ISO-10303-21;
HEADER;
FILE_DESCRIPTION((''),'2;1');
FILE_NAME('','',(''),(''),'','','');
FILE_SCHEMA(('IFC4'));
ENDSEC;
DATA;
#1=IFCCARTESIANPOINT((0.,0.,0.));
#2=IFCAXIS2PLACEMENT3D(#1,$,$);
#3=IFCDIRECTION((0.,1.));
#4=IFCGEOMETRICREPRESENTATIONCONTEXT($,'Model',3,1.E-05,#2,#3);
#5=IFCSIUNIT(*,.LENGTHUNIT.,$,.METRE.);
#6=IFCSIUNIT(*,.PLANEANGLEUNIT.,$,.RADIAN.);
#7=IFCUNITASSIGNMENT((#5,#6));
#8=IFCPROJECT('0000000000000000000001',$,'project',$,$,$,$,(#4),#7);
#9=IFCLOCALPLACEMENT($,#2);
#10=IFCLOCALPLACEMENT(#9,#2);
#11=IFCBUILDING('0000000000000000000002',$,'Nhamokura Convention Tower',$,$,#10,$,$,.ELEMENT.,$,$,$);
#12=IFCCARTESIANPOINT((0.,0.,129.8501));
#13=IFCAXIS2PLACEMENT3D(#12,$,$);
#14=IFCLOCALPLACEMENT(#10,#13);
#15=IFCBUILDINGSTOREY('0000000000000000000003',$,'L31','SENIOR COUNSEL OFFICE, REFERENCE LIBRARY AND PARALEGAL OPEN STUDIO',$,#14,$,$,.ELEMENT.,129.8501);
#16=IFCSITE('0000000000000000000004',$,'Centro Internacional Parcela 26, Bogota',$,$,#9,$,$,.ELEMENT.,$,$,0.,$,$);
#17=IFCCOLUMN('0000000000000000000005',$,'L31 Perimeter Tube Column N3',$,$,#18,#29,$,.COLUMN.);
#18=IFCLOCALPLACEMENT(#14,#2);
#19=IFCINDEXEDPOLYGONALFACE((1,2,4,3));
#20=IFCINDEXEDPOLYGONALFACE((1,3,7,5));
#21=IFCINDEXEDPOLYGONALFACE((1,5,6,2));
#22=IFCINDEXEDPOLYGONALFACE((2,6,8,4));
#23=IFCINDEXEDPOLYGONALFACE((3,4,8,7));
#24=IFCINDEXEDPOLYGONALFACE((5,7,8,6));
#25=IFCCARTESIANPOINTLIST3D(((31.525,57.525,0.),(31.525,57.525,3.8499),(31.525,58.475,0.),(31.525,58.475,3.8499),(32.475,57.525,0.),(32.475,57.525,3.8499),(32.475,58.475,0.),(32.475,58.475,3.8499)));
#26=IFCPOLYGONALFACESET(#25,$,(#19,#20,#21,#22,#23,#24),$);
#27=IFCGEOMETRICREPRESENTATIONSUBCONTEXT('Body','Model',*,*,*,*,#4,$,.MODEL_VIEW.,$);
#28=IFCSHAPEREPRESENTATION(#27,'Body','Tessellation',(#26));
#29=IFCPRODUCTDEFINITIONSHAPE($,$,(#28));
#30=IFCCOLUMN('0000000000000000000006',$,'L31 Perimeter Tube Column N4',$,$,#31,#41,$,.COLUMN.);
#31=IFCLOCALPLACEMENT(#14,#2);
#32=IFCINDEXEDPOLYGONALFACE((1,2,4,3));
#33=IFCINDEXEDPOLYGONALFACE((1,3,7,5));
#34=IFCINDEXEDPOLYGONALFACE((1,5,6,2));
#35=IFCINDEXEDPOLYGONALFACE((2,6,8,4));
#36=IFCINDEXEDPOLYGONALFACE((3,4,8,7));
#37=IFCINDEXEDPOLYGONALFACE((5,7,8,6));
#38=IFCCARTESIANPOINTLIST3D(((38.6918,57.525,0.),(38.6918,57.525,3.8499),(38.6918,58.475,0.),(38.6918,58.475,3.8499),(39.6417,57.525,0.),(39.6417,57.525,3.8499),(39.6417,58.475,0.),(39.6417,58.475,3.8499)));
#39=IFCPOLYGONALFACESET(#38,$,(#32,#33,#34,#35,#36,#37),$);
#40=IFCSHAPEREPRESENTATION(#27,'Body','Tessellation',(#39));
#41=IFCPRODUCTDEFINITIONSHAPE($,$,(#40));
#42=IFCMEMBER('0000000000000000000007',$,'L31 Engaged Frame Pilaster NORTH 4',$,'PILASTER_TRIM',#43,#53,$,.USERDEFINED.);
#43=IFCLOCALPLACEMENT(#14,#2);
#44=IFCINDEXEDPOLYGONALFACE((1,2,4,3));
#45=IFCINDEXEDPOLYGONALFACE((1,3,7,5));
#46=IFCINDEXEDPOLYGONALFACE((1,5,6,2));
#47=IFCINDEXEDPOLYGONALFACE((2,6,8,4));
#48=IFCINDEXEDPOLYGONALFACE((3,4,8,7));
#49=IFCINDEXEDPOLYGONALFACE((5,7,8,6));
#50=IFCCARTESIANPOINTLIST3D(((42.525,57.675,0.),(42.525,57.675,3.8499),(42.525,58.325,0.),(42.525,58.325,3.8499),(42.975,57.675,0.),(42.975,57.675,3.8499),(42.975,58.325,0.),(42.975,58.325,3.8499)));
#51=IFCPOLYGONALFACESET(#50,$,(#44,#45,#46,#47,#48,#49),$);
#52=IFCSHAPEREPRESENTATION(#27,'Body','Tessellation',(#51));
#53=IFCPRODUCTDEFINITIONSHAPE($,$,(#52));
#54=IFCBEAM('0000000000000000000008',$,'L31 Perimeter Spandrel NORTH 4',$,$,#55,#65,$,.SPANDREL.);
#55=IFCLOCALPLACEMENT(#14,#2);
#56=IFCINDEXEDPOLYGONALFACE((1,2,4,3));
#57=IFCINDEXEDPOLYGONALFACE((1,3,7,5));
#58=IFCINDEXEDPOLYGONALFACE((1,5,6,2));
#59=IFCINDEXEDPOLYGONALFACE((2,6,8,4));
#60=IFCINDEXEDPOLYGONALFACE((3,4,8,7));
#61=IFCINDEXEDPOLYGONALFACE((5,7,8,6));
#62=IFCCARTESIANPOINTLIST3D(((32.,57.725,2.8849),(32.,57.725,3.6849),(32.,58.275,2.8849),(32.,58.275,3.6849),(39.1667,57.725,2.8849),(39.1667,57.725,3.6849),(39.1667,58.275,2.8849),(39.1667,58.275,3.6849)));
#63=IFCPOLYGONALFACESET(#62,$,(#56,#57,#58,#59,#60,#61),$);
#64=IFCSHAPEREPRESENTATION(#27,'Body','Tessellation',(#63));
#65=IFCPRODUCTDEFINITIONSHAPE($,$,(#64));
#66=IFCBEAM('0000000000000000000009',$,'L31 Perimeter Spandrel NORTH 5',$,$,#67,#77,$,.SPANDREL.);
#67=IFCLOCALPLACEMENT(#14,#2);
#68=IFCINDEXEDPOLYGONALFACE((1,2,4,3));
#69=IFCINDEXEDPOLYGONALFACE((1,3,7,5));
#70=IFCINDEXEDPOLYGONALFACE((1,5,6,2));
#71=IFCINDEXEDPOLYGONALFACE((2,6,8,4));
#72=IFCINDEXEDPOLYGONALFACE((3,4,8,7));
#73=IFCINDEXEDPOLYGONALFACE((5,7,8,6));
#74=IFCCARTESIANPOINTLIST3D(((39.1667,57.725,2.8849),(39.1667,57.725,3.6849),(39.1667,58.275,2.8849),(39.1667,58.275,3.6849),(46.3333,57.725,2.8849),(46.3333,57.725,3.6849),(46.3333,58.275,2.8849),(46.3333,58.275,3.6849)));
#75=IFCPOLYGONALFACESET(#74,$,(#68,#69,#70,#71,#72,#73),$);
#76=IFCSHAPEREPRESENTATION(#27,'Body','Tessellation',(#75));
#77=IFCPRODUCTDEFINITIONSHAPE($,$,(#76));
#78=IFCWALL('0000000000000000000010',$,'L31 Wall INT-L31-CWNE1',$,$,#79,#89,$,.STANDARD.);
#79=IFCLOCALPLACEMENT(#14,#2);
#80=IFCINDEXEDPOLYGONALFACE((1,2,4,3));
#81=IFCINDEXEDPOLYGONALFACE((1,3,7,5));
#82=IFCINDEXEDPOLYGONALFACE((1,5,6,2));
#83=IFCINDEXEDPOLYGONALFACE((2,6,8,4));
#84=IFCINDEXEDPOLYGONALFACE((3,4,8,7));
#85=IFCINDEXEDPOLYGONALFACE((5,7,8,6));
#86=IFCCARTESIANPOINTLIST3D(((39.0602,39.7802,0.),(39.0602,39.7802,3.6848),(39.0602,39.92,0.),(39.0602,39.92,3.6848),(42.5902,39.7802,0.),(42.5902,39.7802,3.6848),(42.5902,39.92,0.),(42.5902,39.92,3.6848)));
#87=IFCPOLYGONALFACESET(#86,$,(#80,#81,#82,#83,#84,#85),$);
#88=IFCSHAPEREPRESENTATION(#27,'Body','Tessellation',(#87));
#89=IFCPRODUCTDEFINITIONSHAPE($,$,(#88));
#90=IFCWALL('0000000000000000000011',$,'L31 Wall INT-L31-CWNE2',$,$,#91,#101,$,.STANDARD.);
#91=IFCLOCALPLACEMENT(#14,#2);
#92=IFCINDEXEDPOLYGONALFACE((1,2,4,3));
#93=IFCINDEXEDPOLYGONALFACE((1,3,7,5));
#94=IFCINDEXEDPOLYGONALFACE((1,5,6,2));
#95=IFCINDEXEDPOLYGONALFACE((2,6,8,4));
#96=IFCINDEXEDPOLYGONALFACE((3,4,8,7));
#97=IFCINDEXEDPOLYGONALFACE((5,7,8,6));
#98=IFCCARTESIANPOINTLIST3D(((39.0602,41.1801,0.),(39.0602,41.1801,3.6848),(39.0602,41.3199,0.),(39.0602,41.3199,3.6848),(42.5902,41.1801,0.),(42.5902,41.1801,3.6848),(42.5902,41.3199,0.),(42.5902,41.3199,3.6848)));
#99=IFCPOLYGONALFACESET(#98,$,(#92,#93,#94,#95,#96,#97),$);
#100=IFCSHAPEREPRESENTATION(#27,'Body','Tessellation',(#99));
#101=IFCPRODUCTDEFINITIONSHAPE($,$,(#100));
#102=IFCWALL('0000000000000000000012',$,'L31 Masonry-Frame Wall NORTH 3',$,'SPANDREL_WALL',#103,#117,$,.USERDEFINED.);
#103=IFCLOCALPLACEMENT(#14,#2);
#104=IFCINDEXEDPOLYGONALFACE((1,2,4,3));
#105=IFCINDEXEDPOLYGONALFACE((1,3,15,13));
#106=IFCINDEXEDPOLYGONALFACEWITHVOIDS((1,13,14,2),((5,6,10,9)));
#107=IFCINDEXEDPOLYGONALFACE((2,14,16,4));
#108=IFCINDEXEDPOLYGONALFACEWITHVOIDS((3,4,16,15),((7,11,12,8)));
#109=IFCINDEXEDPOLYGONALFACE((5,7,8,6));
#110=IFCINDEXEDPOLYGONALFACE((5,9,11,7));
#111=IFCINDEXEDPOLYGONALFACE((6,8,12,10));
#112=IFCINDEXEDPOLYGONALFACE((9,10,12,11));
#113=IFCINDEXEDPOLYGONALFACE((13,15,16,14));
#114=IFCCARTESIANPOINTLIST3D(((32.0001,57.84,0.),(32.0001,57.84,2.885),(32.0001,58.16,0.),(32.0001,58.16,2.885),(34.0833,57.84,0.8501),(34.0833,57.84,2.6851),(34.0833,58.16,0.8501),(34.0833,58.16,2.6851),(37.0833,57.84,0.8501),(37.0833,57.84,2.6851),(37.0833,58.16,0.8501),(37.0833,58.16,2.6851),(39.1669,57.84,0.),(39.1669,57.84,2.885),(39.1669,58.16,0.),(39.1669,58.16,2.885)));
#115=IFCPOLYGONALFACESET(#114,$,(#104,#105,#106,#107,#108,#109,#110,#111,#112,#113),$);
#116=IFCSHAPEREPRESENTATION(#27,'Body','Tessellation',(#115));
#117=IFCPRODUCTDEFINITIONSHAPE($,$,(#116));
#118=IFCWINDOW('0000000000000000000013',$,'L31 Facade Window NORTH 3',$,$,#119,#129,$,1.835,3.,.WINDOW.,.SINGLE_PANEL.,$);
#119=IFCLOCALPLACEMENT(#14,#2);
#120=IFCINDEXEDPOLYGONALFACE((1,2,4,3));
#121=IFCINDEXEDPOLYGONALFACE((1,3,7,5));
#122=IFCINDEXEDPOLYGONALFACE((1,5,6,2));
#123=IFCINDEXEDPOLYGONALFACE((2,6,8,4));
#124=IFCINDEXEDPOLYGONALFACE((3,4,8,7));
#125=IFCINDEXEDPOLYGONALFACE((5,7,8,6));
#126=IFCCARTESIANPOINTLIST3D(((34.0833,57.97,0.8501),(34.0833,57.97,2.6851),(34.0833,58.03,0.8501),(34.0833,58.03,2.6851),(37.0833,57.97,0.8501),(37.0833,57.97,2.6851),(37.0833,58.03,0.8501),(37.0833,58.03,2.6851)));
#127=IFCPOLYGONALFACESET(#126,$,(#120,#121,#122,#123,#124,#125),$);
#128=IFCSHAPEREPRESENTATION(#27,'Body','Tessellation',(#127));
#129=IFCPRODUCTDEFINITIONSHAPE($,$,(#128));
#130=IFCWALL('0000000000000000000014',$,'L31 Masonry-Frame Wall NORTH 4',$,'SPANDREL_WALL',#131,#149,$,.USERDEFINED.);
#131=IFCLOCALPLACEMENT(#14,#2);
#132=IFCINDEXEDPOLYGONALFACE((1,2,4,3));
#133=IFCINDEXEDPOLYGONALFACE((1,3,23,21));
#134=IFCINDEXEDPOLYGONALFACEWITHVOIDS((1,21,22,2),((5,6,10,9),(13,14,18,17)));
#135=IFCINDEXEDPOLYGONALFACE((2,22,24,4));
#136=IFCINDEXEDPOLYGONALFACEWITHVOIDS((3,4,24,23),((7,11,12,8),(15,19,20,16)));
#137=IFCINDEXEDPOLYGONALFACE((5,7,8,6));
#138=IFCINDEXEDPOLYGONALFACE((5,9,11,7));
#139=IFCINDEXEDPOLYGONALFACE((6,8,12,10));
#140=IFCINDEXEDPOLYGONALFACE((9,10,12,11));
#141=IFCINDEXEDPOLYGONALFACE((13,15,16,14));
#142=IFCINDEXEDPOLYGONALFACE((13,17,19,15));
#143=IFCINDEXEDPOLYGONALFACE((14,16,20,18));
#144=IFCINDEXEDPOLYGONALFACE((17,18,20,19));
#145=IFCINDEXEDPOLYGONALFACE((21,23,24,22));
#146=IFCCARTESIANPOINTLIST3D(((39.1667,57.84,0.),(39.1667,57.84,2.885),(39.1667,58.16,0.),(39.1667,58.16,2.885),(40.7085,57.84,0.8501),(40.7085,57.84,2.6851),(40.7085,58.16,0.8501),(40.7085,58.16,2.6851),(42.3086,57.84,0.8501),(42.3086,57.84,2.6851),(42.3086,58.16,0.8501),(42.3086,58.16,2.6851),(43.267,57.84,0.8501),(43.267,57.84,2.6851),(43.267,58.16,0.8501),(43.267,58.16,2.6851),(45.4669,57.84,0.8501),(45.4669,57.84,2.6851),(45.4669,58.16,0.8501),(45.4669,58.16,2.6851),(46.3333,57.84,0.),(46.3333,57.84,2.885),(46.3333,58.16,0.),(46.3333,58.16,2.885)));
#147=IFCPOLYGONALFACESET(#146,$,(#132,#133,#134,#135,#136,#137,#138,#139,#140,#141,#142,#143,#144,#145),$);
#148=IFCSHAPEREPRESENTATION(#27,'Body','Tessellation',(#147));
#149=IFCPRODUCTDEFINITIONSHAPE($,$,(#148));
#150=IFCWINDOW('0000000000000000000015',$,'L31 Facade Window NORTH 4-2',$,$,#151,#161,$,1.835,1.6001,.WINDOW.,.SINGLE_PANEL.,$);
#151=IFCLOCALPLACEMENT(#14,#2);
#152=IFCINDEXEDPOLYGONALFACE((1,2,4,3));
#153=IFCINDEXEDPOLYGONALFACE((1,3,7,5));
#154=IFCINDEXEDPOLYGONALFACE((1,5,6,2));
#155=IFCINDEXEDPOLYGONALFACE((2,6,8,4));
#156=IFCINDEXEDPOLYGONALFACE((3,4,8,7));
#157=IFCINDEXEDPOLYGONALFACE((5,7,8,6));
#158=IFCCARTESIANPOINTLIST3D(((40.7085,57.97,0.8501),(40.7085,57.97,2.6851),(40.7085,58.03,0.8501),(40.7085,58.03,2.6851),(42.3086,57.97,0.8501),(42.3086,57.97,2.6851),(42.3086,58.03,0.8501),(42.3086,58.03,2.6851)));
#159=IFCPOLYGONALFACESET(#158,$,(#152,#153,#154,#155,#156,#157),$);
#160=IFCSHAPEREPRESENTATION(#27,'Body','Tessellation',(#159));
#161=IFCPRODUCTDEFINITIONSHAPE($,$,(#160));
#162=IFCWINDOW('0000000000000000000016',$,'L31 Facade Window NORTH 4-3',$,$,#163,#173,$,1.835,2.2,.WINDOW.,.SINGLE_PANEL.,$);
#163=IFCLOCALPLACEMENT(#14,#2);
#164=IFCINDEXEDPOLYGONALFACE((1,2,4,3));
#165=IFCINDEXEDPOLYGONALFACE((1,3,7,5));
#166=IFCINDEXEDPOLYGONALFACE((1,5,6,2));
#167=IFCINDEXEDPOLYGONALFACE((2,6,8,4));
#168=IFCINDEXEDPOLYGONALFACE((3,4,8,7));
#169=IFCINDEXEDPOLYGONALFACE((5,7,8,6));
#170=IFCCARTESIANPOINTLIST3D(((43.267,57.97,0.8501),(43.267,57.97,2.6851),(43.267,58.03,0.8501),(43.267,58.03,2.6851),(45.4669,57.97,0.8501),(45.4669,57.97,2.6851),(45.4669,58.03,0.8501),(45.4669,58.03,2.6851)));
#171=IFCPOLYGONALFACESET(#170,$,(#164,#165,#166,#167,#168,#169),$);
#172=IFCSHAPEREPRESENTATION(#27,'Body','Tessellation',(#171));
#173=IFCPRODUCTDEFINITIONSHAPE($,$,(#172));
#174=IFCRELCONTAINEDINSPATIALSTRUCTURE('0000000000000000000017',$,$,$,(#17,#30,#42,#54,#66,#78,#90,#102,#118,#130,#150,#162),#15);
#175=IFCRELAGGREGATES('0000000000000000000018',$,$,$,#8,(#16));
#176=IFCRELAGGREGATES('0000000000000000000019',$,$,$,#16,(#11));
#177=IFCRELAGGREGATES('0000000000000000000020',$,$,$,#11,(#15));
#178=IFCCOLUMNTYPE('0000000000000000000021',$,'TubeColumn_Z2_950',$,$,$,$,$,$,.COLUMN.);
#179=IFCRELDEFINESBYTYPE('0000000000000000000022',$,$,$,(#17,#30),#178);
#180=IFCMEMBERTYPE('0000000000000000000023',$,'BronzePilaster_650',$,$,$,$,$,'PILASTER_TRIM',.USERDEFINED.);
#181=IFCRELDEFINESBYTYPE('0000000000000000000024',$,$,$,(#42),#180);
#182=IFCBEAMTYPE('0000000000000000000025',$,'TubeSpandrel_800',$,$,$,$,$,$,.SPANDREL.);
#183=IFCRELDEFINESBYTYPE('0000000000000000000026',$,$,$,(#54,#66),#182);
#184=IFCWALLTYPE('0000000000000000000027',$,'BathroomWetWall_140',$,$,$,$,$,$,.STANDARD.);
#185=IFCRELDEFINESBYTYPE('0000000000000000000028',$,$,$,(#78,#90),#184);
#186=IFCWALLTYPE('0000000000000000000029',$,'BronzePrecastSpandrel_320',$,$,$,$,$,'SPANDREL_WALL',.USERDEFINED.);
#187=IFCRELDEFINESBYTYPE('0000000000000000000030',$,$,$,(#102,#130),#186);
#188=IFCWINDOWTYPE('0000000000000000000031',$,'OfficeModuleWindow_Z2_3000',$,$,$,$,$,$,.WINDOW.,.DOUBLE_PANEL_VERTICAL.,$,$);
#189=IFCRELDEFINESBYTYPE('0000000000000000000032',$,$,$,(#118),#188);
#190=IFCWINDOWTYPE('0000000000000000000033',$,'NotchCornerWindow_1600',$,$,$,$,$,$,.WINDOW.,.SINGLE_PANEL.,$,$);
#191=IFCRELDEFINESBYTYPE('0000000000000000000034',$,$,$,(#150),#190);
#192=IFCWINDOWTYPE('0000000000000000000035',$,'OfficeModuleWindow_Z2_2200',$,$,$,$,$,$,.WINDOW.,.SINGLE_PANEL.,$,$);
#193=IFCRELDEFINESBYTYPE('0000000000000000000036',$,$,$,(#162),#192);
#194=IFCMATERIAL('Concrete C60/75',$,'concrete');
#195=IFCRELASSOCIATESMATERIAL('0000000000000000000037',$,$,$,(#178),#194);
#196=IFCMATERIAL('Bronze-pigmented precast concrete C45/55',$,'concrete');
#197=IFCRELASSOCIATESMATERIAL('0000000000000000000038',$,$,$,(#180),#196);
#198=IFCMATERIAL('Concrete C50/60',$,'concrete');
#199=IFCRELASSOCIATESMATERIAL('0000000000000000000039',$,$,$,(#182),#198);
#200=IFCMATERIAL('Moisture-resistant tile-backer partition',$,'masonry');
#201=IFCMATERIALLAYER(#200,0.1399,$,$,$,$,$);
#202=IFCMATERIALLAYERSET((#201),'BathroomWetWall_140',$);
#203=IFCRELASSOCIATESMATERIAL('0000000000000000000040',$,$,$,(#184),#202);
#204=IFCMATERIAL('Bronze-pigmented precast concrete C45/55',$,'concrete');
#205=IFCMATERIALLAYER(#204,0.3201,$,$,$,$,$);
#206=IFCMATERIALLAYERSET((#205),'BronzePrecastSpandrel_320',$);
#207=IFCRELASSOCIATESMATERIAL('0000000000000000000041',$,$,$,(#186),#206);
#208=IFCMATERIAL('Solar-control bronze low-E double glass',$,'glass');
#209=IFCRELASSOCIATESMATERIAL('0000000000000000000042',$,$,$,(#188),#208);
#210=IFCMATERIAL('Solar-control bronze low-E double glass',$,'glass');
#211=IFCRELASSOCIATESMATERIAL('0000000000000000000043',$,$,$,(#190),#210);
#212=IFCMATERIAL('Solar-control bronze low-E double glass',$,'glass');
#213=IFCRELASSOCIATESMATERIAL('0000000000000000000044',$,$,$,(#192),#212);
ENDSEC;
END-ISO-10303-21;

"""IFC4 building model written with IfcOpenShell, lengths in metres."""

from ifc_helpers import new_model, si_unit, direction, frame, frame_2d, origin, origin_2d, place, context, subcontext, project, spatial, rectangle, extrude, material, layer, layer_set, material_profile, profile_set, type_object, element, fill, save


model = new_model("IFC4")

# Units and contexts
model_context = context("Model", 3, precision=1e-05, world=origin(), true_north=direction((0.0, 1.0)))
body_context = subcontext(model_context, "Body", "Model", "MODEL_VIEW")
ifc_project = project(units=[si_unit("LENGTHUNIT", "METRE"), si_unit("PLANEANGLEUNIT", "RADIAN")], contexts=[model_context])

# Site, building, storey
site_placement = place(None, origin())
site = spatial("IfcSite", under=ifc_project, at=site_placement, Name="Centro Internacional Parcela 26, Bogota", CompositionType="ELEMENT", RefElevation=0.0)
building_placement = place(site_placement, origin())
building = spatial("IfcBuilding", under=site, at=building_placement, Name="Nhamokura Convention Tower", CompositionType="ELEMENT")
storey_placement = place(building_placement, frame((0.0, 0.0, 129.8501)))
storey = spatial("IfcBuildingStorey", under=building, at=storey_placement, Name="L31", Description="SENIOR COUNSEL OFFICE, REFERENCE LIBRARY AND PARALEGAL OPEN STUDIO", CompositionType="ELEMENT", Elevation=129.8501)

# Columns
ifc_material_1 = material(Name="Concrete C60/75", Category="concrete")
ifc_material_profile_1 = material_profile(ifc_material_1, rectangle(XDim=0.95, YDim=0.95, at=origin_2d()))
ifc_profile_set_1 = profile_set([ifc_material_profile_1], Name="Concrete C60/75")
column_type = type_object("IfcColumnType", Name="TubeColumn_Z2_950", PredefinedType="COLUMN", material=ifc_profile_set_1)
for number, where, z_axis, x_axis, name in (
    (1, (32.0, 58.0, 0.0), (0.0, 0.0, 1.0), (1.0, 0.0, 0.0), "L31 Perimeter Tube Column N3"),
    (2, (39.1667, 58.0, 0.0), (0.0, 0.0, 1.0), (1.0, 0.0, 0.0), "L31 Perimeter Tube Column N4"),
):
    element("IfcColumn", number, at=place(storey_placement, frame(where, z_axis=z_axis, x_axis=x_axis)), inside=storey, type_object=column_type, Name=name, PredefinedType="COLUMN", context=body_context, shape_type="SweptSolid", body=[
        extrude(rectangle(XDim=0.95, YDim=0.95, at=origin_2d()), origin(), (0.0, 0.0, 1.0), 3.8499),
    ])

# Member
ifc_material_2 = material(Name="Bronze-pigmented precast concrete C45/55", Category="concrete")
ifc_material_profile_2 = material_profile(ifc_material_2, rectangle(XDim=0.45, YDim=0.6499, at=origin_2d()))
ifc_profile_set_2 = profile_set([ifc_material_profile_2], Name="Bronze-pigmented precast concrete C45/55")
member_type = type_object("IfcMemberType", Name="BronzePilaster_650", ElementType="PILASTER_TRIM", PredefinedType="USERDEFINED", material=ifc_profile_set_2)
member_placement = place(storey_placement, frame((42.75, 58.0, 0.0), z_axis=(0.0, 0.0, 1.0), x_axis=(1.0, 0.0, 0.0)))
element("IfcMember", 3, at=member_placement, inside=storey, type_object=member_type, Name="L31 Engaged Frame Pilaster NORTH 4", ObjectType="PILASTER_TRIM", PredefinedType="USERDEFINED", context=body_context, shape_type="SweptSolid", body=[
    extrude(rectangle(XDim=0.45, YDim=0.6499, at=origin_2d()), origin(), (0.0, 0.0, 1.0), 3.8499),
])

# Beams
ifc_material_3 = material(Name="Concrete C50/60", Category="concrete")
ifc_material_profile_3 = material_profile(ifc_material_3, rectangle(XDim=0.55, YDim=0.8, at=origin_2d()))
ifc_profile_set_3 = profile_set([ifc_material_profile_3], Name="Concrete C50/60")
beam_type = type_object("IfcBeamType", Name="TubeSpandrel_800", PredefinedType="SPANDREL", material=ifc_profile_set_3)
beam_1_placement = place(storey_placement, frame((32.0, 58.0, 3.2849), z_axis=(1.0, 0.0, 0.0), x_axis=(0.0, 1.0, 0.0)))
element("IfcBeam", 4, at=beam_1_placement, inside=storey, type_object=beam_type, Name="L31 Perimeter Spandrel NORTH 4", PredefinedType="SPANDREL", context=body_context, shape_type="SweptSolid", body=[
    extrude(rectangle(XDim=0.55, YDim=0.8, at=origin_2d()), origin(), (0.0, 0.0, 1.0), 7.1667),
])
beam_2_placement = place(storey_placement, frame((39.1667, 58.0, 3.2849), z_axis=(1.0, 0.0, 0.0), x_axis=(0.0, 1.0, 0.0)))
element("IfcBeam", 5, at=beam_2_placement, inside=storey, type_object=beam_type, Name="L31 Perimeter Spandrel NORTH 5", PredefinedType="SPANDREL", context=body_context, shape_type="SweptSolid", body=[
    extrude(rectangle(XDim=0.55, YDim=0.8, at=origin_2d()), origin(), (0.0, 0.0, 1.0), 7.1665),
])

# Walls
ifc_material_4 = material(Name="Moisture-resistant tile-backer partition", Category="masonry")
ifc_layer_1 = layer(ifc_material_4, 0.1399)
ifc_layer_set_1 = layer_set([ifc_layer_1], Name="BathroomWetWall_140")
wall_type_1 = type_object("IfcWallType", Name="BathroomWetWall_140", PredefinedType="STANDARD", material=ifc_layer_set_1)
for number, where, z_axis, x_axis, name in (
    (6, (39.0601, 39.8501, 0.0), (0.0, 0.0, 1.0), (1.0, 0.0, 0.0), "L31 Wall INT-L31-CWNE1"),
    (7, (39.0601, 41.25, 0.0), (0.0, 0.0, 1.0), (1.0, 0.0, 0.0), "L31 Wall INT-L31-CWNE2"),
):
    element("IfcWall", number, at=place(storey_placement, frame(where, z_axis=z_axis, x_axis=x_axis)), inside=storey, type_object=wall_type_1, Name=name, PredefinedType="STANDARD", context=body_context, shape_type="SweptSolid", body=[
        extrude(rectangle(XDim=3.53, YDim=0.1399, at=frame_2d((1.7651, 0.0))), origin(), (0.0, 0.0, 1.0), 3.6848),
    ])

# Wall, opening, window
ifc_material_5 = material(Name="Bronze-pigmented precast concrete C45/55", Category="concrete")
ifc_layer_2 = layer(ifc_material_5, 0.3201)
ifc_layer_set_2 = layer_set([ifc_layer_2], Name="BronzePrecastSpandrel_320")
wall_type_2 = type_object("IfcWallType", Name="BronzePrecastSpandrel_320", ElementType="SPANDREL_WALL", PredefinedType="USERDEFINED", material=ifc_layer_set_2)
wall_1_placement = place(storey_placement, frame((32.0, 58.0, 0.0), z_axis=(0.0, 0.0, 1.0), x_axis=(1.0, 0.0, 0.0)))
wall_1 = element("IfcWall", 8, at=wall_1_placement, inside=storey, type_object=wall_type_2, Name="L31 Masonry-Frame Wall NORTH 3", ObjectType="SPANDREL_WALL", PredefinedType="USERDEFINED", context=body_context, shape_type="SweptSolid", body=[
    extrude(rectangle(XDim=7.1667, YDim=0.3201, at=frame_2d((3.5835, 0.0))), origin(), (0.0, 0.0, 1.0), 2.885),
])
opening_1_placement = place(wall_1_placement, frame((2.0833, 0.0, 0.8501)))
opening_1 = element("IfcOpeningElement", 9, at=opening_1_placement, cuts=wall_1, PredefinedType="OPENING", context=body_context, shape_type="SweptSolid", body=[
    extrude(rectangle(XDim=3.0, YDim=1.835, at=frame_2d((1.5, 0.9175))), frame((0.0, 0.1699, 0.0), z_axis=(0.0, -1.0, 0.0), x_axis=(1.0, 0.0, 0.0)), (0.0, 0.0, 1.0), 0.3401),
])
ifc_material_6 = material(Name="Solar-control bronze low-E double glass", Category="glass")
window_type_1 = type_object("IfcWindowType", Name="OfficeModuleWindow_Z2_3000", PartitioningType="DOUBLE_PANEL_VERTICAL", PredefinedType="WINDOW", material=ifc_material_6)
window_1_placement = place(opening_1_placement, origin())
window_1 = element("IfcWindow", 10, at=window_1_placement, inside=storey, type_object=window_type_1, Name="L31 Facade Window NORTH 3", OverallHeight=1.835, OverallWidth=3.0, PartitioningType="SINGLE_PANEL", PredefinedType="WINDOW", context=body_context, shape_type="SweptSolid", body=[
    extrude(rectangle(XDim=3.0, YDim=1.835, at=frame_2d((1.5, 0.9175))), frame((0.0, 0.03, 0.0), z_axis=(0.0, -1.0, 0.0), x_axis=(1.0, 0.0, 0.0)), (0.0, 0.0, 1.0), 0.0601),
])
fill(opening_1, window_1)

# Wall, openings, windows
wall_2_placement = place(storey_placement, frame((39.1667, 58.0, 0.0), z_axis=(0.0, 0.0, 1.0), x_axis=(1.0, 0.0, 0.0)))
wall_2 = element("IfcWall", 11, at=wall_2_placement, inside=storey, type_object=wall_type_2, Name="L31 Masonry-Frame Wall NORTH 4", ObjectType="SPANDREL_WALL", PredefinedType="USERDEFINED", context=body_context, shape_type="SweptSolid", body=[
    extrude(rectangle(XDim=7.1665, YDim=0.3201, at=frame_2d((3.5833, 0.0))), origin(), (0.0, 0.0, 1.0), 2.885),
])
opening_2_placement = place(wall_2_placement, frame((1.5417, 0.0, 0.8501)))
opening_2 = element("IfcOpeningElement", 12, at=opening_2_placement, cuts=wall_2, PredefinedType="OPENING", context=body_context, shape_type="SweptSolid", body=[
    extrude(rectangle(XDim=1.6001, YDim=1.835, at=frame_2d((0.8, 0.9175))), frame((0.0, 0.1699, 0.0), z_axis=(0.0, -1.0, 0.0), x_axis=(1.0, 0.0, 0.0)), (0.0, 0.0, 1.0), 0.3401),
])
opening_3_placement = place(wall_2_placement, frame((4.1001, 0.0, 0.8501)))
opening_3 = element("IfcOpeningElement", 13, at=opening_3_placement, cuts=wall_2, PredefinedType="OPENING", context=body_context, shape_type="SweptSolid", body=[
    extrude(rectangle(XDim=2.2, YDim=1.835, at=frame_2d((1.1001, 0.9175))), frame((0.0, 0.1699, 0.0), z_axis=(0.0, -1.0, 0.0), x_axis=(1.0, 0.0, 0.0)), (0.0, 0.0, 1.0), 0.3401),
])
ifc_material_7 = material(Name="Solar-control bronze low-E double glass", Category="glass")
window_type_2 = type_object("IfcWindowType", Name="NotchCornerWindow_1600", PartitioningType="SINGLE_PANEL", PredefinedType="WINDOW", material=ifc_material_7)
window_2_placement = place(opening_2_placement, origin())
window_2 = element("IfcWindow", 14, at=window_2_placement, inside=storey, type_object=window_type_2, Name="L31 Facade Window NORTH 4-2", OverallHeight=1.835, OverallWidth=1.6001, PartitioningType="SINGLE_PANEL", PredefinedType="WINDOW", context=body_context, shape_type="SweptSolid", body=[
    extrude(rectangle(XDim=1.6001, YDim=1.835, at=frame_2d((0.8, 0.9175))), frame((0.0, 0.03, 0.0), z_axis=(0.0, -1.0, 0.0), x_axis=(1.0, 0.0, 0.0)), (0.0, 0.0, 1.0), 0.0601),
])
fill(opening_2, window_2)
ifc_material_8 = material(Name="Solar-control bronze low-E double glass", Category="glass")
window_type_3 = type_object("IfcWindowType", Name="OfficeModuleWindow_Z2_2200", PartitioningType="SINGLE_PANEL", PredefinedType="WINDOW", material=ifc_material_8)
window_3_placement = place(opening_3_placement, origin())
window_3 = element("IfcWindow", 15, at=window_3_placement, inside=storey, type_object=window_type_3, Name="L31 Facade Window NORTH 4-3", OverallHeight=1.835, OverallWidth=2.2, PartitioningType="SINGLE_PANEL", PredefinedType="WINDOW", context=body_context, shape_type="SweptSolid", body=[
    extrude(rectangle(XDim=2.2, YDim=1.835, at=frame_2d((1.1001, 0.9175))), frame((0.0, 0.03, 0.0), z_axis=(0.0, -1.0, 0.0), x_axis=(1.0, 0.0, 0.0)), (0.0, 0.0, 1.0), 0.0601),
])
fill(opening_3, window_3)

save(model, "model.ifc")
